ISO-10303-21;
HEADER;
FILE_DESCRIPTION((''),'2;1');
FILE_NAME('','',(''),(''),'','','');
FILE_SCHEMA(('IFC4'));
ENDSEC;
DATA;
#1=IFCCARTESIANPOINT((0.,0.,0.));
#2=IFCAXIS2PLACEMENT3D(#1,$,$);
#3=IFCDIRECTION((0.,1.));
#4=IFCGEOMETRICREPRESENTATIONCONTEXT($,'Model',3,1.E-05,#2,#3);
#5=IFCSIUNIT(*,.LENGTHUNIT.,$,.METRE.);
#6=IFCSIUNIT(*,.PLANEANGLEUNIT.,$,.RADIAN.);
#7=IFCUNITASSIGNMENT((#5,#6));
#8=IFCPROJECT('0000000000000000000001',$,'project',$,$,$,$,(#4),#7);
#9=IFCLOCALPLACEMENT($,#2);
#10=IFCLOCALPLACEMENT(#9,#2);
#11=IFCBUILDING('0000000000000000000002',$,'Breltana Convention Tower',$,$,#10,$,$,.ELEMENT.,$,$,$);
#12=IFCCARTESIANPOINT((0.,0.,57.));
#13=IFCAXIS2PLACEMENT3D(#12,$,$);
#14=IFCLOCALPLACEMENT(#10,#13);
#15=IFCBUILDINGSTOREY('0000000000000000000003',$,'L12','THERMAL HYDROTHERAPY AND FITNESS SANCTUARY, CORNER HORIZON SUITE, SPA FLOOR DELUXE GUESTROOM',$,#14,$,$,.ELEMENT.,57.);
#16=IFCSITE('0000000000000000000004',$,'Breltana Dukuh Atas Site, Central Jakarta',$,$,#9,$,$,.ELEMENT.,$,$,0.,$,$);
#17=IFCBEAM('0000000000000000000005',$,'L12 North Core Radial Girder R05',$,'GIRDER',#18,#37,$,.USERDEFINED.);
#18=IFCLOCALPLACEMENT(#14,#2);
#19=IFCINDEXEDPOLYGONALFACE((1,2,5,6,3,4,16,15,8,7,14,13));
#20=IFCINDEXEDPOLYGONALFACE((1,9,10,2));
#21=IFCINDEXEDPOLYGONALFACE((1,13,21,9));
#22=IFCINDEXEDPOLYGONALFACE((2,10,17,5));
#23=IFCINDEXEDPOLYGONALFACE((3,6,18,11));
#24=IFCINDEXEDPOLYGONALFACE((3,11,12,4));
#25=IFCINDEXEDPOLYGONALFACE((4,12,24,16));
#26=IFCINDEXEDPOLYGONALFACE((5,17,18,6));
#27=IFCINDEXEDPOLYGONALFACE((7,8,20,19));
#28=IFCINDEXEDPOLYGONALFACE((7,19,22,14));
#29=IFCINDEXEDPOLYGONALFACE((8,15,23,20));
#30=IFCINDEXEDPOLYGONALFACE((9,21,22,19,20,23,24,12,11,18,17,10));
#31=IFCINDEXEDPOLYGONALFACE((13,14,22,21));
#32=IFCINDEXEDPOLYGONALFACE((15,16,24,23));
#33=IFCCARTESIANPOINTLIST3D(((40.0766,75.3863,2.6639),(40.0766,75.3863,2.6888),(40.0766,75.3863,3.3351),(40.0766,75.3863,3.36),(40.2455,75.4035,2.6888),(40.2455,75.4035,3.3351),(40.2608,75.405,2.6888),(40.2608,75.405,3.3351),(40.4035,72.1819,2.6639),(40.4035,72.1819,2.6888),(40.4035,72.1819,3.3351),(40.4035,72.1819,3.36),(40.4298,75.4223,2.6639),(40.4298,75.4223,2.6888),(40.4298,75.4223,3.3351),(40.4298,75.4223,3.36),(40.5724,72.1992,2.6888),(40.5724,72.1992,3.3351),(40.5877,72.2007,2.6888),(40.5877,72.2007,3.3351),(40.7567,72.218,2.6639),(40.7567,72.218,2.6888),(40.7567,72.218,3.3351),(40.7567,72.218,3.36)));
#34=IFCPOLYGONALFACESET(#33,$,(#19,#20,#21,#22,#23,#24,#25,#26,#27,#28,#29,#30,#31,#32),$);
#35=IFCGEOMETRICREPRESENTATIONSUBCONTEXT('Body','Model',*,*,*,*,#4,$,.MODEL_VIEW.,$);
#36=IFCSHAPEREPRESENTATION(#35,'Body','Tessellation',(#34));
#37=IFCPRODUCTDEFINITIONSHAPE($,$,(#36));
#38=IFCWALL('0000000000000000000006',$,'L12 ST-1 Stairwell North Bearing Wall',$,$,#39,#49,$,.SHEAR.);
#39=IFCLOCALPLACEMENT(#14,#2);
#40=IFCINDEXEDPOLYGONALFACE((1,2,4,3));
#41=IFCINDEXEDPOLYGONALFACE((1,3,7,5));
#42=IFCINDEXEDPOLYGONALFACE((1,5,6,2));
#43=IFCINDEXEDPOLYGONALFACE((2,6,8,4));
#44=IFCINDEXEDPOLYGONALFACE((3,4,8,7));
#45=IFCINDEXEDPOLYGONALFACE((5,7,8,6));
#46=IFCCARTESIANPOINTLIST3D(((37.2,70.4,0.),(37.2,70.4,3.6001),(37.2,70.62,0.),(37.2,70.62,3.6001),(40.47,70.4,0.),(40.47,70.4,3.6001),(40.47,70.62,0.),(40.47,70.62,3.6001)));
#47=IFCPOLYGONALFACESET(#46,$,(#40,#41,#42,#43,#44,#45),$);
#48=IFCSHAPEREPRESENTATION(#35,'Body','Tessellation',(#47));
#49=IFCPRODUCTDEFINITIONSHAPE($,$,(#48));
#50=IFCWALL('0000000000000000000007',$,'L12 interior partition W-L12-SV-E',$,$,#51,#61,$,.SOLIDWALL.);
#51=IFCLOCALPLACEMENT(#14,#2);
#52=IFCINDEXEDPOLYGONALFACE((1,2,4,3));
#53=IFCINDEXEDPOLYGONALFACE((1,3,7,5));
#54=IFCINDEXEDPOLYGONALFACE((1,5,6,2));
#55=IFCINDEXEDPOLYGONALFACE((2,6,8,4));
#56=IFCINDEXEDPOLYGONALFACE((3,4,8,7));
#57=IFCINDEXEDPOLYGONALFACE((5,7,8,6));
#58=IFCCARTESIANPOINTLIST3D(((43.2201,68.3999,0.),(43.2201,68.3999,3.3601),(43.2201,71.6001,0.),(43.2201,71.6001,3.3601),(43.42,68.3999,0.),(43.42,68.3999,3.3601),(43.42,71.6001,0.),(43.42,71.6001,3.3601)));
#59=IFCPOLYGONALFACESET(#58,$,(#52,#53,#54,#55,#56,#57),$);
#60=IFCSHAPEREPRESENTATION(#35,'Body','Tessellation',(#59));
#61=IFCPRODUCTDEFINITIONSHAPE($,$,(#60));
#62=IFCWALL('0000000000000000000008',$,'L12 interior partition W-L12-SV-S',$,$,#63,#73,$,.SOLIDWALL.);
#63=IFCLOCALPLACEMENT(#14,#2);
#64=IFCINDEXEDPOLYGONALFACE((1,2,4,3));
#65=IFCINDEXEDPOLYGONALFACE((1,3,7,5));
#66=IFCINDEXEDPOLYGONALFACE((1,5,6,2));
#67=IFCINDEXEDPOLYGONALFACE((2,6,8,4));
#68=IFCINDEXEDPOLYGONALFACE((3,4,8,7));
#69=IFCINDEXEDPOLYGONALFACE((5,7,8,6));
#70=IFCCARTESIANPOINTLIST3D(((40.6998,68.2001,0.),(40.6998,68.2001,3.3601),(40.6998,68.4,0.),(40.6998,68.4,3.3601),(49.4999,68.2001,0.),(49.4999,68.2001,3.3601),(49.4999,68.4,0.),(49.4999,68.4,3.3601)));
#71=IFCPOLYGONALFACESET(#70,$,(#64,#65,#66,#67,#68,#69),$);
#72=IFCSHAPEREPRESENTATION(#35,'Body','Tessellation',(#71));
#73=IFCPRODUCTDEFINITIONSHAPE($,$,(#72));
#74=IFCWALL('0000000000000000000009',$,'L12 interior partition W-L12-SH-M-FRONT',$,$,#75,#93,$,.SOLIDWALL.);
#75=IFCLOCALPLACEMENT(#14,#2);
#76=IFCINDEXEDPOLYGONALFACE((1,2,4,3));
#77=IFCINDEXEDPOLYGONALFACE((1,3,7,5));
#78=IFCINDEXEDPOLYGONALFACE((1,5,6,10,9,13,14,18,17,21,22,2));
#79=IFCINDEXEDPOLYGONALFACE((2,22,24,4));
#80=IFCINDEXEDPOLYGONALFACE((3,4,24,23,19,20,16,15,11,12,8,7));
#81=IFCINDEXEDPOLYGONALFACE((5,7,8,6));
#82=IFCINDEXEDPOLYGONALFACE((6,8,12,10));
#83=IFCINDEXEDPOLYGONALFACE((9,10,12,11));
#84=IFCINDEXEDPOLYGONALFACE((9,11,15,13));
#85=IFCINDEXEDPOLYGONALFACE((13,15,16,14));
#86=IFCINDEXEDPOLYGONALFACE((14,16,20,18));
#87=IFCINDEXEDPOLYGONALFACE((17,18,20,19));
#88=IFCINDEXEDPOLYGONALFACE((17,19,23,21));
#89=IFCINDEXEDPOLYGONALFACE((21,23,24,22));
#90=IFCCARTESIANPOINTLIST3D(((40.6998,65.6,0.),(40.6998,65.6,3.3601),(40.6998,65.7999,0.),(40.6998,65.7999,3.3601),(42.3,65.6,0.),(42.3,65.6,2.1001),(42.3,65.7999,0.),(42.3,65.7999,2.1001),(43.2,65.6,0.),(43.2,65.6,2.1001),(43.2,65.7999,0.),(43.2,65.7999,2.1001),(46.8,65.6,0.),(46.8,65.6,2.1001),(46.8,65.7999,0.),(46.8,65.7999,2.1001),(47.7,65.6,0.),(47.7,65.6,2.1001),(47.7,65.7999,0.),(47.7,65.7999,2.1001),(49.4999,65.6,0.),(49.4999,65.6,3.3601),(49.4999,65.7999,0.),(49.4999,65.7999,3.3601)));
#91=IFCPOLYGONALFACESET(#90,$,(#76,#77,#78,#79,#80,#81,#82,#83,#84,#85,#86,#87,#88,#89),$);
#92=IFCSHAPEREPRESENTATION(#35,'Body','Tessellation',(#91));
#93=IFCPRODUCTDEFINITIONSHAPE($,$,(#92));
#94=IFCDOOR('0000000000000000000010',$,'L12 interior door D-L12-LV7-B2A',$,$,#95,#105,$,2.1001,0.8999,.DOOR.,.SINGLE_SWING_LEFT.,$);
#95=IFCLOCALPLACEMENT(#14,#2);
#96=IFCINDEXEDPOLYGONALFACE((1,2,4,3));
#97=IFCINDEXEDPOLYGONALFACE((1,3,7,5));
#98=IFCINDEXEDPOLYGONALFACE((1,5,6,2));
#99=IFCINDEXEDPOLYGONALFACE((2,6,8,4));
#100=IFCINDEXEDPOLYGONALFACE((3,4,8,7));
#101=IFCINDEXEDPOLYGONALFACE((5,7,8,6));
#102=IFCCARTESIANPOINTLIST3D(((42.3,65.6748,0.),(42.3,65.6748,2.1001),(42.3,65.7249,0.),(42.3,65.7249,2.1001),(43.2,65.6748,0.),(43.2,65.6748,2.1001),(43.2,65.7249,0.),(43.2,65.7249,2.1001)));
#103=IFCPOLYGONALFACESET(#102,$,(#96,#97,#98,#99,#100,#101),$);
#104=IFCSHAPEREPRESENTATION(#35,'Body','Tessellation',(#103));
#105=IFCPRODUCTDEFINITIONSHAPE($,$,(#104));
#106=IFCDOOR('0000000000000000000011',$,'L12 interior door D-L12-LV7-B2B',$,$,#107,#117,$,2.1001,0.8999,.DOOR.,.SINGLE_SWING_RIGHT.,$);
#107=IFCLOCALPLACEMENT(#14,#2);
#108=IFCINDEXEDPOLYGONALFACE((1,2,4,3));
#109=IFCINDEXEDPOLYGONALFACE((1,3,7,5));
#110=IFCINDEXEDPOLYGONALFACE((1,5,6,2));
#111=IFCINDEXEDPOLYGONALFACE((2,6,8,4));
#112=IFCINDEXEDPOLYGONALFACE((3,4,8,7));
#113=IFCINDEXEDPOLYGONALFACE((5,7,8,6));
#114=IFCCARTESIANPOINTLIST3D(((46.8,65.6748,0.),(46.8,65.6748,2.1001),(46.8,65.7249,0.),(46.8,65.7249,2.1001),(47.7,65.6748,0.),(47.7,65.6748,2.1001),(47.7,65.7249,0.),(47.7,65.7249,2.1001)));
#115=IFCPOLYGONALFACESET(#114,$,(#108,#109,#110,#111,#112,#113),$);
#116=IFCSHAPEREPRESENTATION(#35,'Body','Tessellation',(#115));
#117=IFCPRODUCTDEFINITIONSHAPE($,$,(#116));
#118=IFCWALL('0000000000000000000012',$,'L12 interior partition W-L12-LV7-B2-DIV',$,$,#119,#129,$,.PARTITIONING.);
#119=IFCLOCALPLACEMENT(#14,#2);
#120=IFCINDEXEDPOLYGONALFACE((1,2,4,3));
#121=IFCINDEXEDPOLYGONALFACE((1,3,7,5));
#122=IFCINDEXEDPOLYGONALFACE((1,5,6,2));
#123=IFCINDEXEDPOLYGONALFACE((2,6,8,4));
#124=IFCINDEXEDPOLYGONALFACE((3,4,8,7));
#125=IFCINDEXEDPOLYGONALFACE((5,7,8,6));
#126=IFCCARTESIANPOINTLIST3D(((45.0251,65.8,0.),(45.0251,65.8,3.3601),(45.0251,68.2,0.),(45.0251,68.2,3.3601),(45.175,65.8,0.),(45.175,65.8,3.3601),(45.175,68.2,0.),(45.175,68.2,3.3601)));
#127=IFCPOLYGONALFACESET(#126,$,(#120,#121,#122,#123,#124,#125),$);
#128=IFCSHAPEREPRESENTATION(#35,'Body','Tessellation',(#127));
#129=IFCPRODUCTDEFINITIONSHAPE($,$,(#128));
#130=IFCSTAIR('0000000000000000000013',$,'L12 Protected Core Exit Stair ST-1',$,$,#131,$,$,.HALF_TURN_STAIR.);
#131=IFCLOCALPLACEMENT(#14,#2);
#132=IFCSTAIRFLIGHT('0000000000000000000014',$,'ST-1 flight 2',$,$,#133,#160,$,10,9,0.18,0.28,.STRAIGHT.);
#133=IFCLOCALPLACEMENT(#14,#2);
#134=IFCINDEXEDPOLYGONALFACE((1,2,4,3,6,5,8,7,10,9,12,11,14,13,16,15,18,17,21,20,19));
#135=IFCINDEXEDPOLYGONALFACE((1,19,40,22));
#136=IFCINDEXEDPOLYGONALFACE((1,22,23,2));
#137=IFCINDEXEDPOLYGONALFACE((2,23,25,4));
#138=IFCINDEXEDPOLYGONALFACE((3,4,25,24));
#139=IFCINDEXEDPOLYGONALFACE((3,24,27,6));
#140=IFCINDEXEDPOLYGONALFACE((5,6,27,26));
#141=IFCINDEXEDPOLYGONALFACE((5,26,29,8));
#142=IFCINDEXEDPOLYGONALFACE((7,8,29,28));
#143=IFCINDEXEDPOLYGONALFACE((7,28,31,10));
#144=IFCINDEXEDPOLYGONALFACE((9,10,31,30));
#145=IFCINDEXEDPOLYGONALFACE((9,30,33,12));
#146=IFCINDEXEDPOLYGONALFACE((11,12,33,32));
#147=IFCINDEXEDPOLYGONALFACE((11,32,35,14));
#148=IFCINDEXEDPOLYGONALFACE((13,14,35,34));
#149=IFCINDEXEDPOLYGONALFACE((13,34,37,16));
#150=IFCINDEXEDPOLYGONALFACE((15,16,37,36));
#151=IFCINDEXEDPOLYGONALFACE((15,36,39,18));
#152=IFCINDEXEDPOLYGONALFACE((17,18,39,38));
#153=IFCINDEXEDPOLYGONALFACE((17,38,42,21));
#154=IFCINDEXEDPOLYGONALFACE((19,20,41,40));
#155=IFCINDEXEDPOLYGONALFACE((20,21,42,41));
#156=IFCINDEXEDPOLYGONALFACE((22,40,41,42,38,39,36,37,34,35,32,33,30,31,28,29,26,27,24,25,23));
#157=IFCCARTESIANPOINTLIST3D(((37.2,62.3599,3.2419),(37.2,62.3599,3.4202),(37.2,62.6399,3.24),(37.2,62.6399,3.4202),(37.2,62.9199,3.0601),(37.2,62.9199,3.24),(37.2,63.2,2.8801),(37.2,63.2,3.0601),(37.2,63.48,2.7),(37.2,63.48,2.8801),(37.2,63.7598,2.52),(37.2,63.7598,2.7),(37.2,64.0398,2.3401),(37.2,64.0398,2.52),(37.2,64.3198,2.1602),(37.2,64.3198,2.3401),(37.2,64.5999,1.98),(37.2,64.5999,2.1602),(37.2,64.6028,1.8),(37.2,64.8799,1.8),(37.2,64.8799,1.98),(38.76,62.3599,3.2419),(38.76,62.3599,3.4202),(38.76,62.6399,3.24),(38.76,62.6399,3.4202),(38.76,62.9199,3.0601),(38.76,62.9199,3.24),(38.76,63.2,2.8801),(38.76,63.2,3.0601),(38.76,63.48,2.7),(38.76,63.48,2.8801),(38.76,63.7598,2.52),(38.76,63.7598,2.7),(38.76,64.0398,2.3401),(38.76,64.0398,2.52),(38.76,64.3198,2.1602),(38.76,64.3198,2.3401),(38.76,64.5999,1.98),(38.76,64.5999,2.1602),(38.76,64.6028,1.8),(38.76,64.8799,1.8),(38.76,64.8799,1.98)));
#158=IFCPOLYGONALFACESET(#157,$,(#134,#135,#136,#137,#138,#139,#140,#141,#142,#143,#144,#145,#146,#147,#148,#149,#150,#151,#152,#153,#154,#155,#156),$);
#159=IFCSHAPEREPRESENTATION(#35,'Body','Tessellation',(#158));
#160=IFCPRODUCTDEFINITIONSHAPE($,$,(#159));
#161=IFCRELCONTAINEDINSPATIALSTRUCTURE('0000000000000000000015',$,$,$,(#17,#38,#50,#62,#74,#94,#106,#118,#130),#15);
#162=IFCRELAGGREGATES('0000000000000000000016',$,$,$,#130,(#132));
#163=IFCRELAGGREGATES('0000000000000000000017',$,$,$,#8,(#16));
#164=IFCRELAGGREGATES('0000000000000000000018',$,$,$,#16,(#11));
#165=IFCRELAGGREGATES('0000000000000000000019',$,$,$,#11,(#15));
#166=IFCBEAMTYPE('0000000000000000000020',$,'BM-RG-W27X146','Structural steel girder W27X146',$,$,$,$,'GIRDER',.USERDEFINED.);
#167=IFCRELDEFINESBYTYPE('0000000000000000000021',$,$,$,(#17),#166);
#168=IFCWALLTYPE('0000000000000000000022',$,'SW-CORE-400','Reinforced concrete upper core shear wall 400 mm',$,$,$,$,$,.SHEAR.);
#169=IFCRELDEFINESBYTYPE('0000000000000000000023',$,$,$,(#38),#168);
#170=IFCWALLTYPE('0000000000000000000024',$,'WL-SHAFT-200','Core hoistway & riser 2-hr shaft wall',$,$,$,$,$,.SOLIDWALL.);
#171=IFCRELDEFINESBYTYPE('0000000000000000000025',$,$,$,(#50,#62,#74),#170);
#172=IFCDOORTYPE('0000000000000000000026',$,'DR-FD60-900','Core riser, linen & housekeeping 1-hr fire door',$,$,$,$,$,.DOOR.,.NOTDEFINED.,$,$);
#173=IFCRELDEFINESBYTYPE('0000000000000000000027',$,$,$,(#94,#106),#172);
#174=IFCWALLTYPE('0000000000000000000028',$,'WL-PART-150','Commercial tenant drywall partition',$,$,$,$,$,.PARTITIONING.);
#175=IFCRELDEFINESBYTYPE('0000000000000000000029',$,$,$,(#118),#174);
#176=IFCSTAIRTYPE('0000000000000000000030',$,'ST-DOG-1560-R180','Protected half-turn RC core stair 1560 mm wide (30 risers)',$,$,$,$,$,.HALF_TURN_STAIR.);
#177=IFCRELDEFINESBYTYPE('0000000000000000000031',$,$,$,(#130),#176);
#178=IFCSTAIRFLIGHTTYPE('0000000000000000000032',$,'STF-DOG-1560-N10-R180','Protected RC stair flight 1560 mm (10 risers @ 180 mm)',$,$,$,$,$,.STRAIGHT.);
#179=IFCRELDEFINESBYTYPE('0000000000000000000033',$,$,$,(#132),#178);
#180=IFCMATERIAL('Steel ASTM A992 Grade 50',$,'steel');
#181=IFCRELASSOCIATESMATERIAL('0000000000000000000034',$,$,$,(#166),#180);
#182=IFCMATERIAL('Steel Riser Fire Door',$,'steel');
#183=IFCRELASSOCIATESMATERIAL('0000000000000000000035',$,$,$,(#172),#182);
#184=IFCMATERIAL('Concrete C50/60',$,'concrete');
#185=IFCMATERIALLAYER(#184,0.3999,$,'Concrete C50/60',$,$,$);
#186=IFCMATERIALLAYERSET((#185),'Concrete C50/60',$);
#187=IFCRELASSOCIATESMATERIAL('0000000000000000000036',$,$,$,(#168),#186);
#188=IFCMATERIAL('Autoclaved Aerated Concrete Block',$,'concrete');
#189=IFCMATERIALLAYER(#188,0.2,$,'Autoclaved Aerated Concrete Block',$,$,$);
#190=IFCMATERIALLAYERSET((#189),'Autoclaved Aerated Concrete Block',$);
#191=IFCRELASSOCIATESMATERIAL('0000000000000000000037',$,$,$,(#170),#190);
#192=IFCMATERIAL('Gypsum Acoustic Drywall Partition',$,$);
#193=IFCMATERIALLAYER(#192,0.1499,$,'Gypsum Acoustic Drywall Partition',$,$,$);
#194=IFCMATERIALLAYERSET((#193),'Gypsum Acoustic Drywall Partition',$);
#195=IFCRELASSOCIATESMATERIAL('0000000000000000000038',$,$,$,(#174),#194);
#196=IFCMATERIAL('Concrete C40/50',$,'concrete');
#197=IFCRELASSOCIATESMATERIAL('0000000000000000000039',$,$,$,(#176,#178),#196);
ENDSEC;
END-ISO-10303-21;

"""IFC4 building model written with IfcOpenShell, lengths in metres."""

from ifc_helpers import new_model, si_unit, direction, frame, frame_2d, origin, origin_2d, place, context, subcontext, project, spatial, polyline, rectangle, i_section, outline, extrude, source, transform, mapped, material, layer, layer_set, material_profile, profile_set, type_object, type_shapes, element, fill, aggregate, save


model = new_model("IFC4")

# Units and contexts
model_context = context("Model", 3, precision=1e-05, world=origin(), true_north=direction((0.0, 1.0)))
body_context = subcontext(model_context, "Body", "Model", "MODEL_VIEW")
ifc_project = project(units=[si_unit("LENGTHUNIT", "METRE"), si_unit("PLANEANGLEUNIT", "RADIAN")], contexts=[model_context])

# Site, building, storey
site_placement = place(None, origin())
site = spatial("IfcSite", under=ifc_project, at=site_placement, Name="Breltana Dukuh Atas Site, Central Jakarta", CompositionType="ELEMENT", RefElevation=0.0)
building_placement = place(site_placement, origin())
building = spatial("IfcBuilding", under=site, at=building_placement, Name="Breltana Convention Tower", CompositionType="ELEMENT")
storey_placement = place(building_placement, frame((0.0, 0.0, 57.0)))
storey = spatial("IfcBuildingStorey", under=building, at=storey_placement, Name="L12", Description="THERMAL HYDROTHERAPY AND FITNESS SANCTUARY, CORNER HORIZON SUITE, SPA FLOOR DELUXE GUESTROOM", CompositionType="ELEMENT", Elevation=57.0)

# Beam
ifc_material_1 = material(Name="Steel ASTM A992 Grade 50", Category="steel")
ifc_material_profile = material_profile(ifc_material_1, i_section(OverallWidth=0.355, OverallDepth=0.696, WebThickness=0.0154, FlangeThickness=0.0249, at=origin_2d()), Name="W27X146")
ifc_profile_set = profile_set([ifc_material_profile], Name="Steel ASTM A992 Grade 50")
beam_type = type_object("IfcBeamType", Name="BM-RG-W27X146", Description="Structural steel girder W27X146", ElementType="GIRDER", PredefinedType="USERDEFINED", material=ifc_profile_set)
shared_shape_1 = source(origin(), body_context, "Body", "SweptSolid", [
    extrude(i_section(OverallWidth=0.355, OverallDepth=0.696, WebThickness=0.0154, FlangeThickness=0.0249, at=origin_2d()), origin(), (0.0, 0.0, 1.0), 3.2209),
])
beam_placement = place(storey_placement, frame((40.5801, 72.2, 3.012), z_axis=(-0.101492, 0.994836, 0.0), x_axis=(-0.994836, -0.101492, 0.0)))
element("IfcBeam", 1, at=beam_placement, inside=storey, type_object=beam_type, Name="L12 North Core Radial Girder R05", ObjectType="GIRDER", PredefinedType="USERDEFINED", context=body_context, shape_type="MappedRepresentation", body=[
    mapped(shared_shape_1, transform((0.0, 0.0, 0.0), scale=1.0)),
])

# Shared definitions
ifc_material_2 = material(Name="Steel Riser Fire Door", Category="steel")
door_type_1 = type_object("IfcDoorType", Name="DR-FD60-900", Description="Core riser, linen & housekeeping 1-hr fire door", OperationType="NOTDEFINED", PredefinedType="DOOR", material=ifc_material_2)
shared_shape_2 = source(origin(), body_context, "Body", "SweptSolid", [
    extrude(rectangle(XDim=0.8999, YDim=2.1001, at=frame_2d((0.45, 1.05))), frame((0.0, 0.0249, 0.0), z_axis=(0.0, -1.0, 0.0), x_axis=(1.0, 0.0, 0.0)), (0.0, 0.0, 1.0), 0.05),
])
type_shapes(door_type_1, [shared_shape_2])

# Walls
ifc_material_3 = material(Name="Concrete C50/60", Category="concrete")
ifc_layer_1 = layer(ifc_material_3, 0.3999, Name="Concrete C50/60")
ifc_layer_set_1 = layer_set([ifc_layer_1], Name="Concrete C50/60")
wall_type_1 = type_object("IfcWallType", Name="SW-CORE-400", Description="Reinforced concrete upper core shear wall 400 mm", PredefinedType="SHEAR", material=ifc_layer_set_1)
shared_shape_3 = source(origin(), body_context, "Body", "SweptSolid", [
    extrude(rectangle(XDim=3.27, YDim=0.22, at=frame_2d((1.635, 0.0))), origin(), (0.0, 0.0, 1.0), 3.6001),
])
wall_1_placement = place(storey_placement, frame((37.2, 70.51, 0.0), z_axis=(0.0, 0.0, 1.0), x_axis=(1.0, 0.0, 0.0)))
element("IfcWall", 2, at=wall_1_placement, inside=storey, type_object=wall_type_1, Name="L12 ST-1 Stairwell North Bearing Wall", PredefinedType="SHEAR", context=body_context, shape_type="MappedRepresentation", body=[
    mapped(shared_shape_3, transform((0.0, 0.0, 0.0), scale=1.0)),
])
ifc_material_4 = material(Name="Autoclaved Aerated Concrete Block", Category="concrete")
ifc_layer_2 = layer(ifc_material_4, 0.2, Name="Autoclaved Aerated Concrete Block")
ifc_layer_set_2 = layer_set([ifc_layer_2], Name="Autoclaved Aerated Concrete Block")
wall_type_2 = type_object("IfcWallType", Name="WL-SHAFT-200", Description="Core hoistway & riser 2-hr shaft wall", PredefinedType="SOLIDWALL", material=ifc_layer_set_2)
shared_shape_4 = source(origin(), body_context, "Body", "SweptSolid", [
    extrude(rectangle(XDim=3.2002, YDim=0.2, at=frame_2d((1.6001, 0.0))), origin(), (0.0, 0.0, 1.0), 3.3601),
])
wall_2_placement = place(storey_placement, frame((43.3201, 68.3999, 0.0), z_axis=(0.0, 0.0, 1.0), x_axis=(0.0, 1.0, 0.0)))
element("IfcWall", 3, at=wall_2_placement, inside=storey, type_object=wall_type_2, Name="L12 interior partition W-L12-SV-E", PredefinedType="SOLIDWALL", context=body_context, shape_type="MappedRepresentation", body=[
    mapped(shared_shape_4, transform((0.0, 0.0, 0.0), scale=1.0)),
])
shared_shape_5 = source(origin(), body_context, "Body", "SweptSolid", [
    extrude(rectangle(XDim=8.8, YDim=0.2, at=frame_2d((4.3999, 0.0))), origin(), (0.0, 0.0, 1.0), 3.3601),
])
wall_3_placement = place(storey_placement, frame((40.7, 68.3, 0.0), z_axis=(0.0, 0.0, 1.0), x_axis=(1.0, 0.0, 0.0)))
element("IfcWall", 4, at=wall_3_placement, inside=storey, type_object=wall_type_2, Name="L12 interior partition W-L12-SV-S", PredefinedType="SOLIDWALL", context=body_context, shape_type="MappedRepresentation", body=[
    mapped(shared_shape_5, transform((0.0, 0.0, 0.0), scale=1.0)),
])

# Wall, openings, doors
wall_4_placement = place(storey_placement, frame((40.7, 65.7, 0.0), z_axis=(0.0, 0.0, 1.0), x_axis=(1.0, 0.0, 0.0)))
wall_4 = element("IfcWall", 5, at=wall_4_placement, inside=storey, type_object=wall_type_2, Name="L12 interior partition W-L12-SH-M-FRONT", PredefinedType="SOLIDWALL", context=body_context, shape_type="MappedRepresentation", body=[
    mapped(shared_shape_5, transform((0.0, 0.0, 0.0), scale=1.0)),
])
opening_1_placement = place(wall_4_placement, frame((1.6001, 0.0, 0.0)))
opening_1 = element("IfcOpeningElement", 6, at=opening_1_placement, cuts=wall_4, PredefinedType="OPENING", context=body_context, shape_type="SweptSolid", body=[
    extrude(rectangle(XDim=0.8999, YDim=2.1001, at=frame_2d((0.45, 1.05))), frame((0.0, 0.1099, 0.0), z_axis=(0.0, -1.0, 0.0), x_axis=(1.0, 0.0, 0.0)), (0.0, 0.0, 1.0), 0.22),
])
opening_2_placement = place(wall_4_placement, frame((6.1001, 0.0, 0.0)))
opening_2 = element("IfcOpeningElement", 7, at=opening_2_placement, cuts=wall_4, PredefinedType="OPENING", context=body_context, shape_type="SweptSolid", body=[
    extrude(rectangle(XDim=0.8999, YDim=2.1001, at=frame_2d((0.45, 1.05))), frame((0.0, 0.1099, 0.0), z_axis=(0.0, -1.0, 0.0), x_axis=(1.0, 0.0, 0.0)), (0.0, 0.0, 1.0), 0.22),
])
door_1_placement = place(opening_1_placement, origin())
door_1 = element("IfcDoor", 8, at=door_1_placement, inside=storey, type_object=door_type_1, Name="L12 interior door D-L12-LV7-B2A", OperationType="SINGLE_SWING_LEFT", OverallHeight=2.1001, OverallWidth=0.8999, PredefinedType="DOOR", context=body_context, shape_type="MappedRepresentation", body=[
    mapped(shared_shape_2, transform((0.0, 0.0, 0.0), scale=1.0)),
])
fill(opening_1, door_1)
door_2_placement = place(opening_2_placement, origin())
door_2 = element("IfcDoor", 9, at=door_2_placement, inside=storey, type_object=door_type_1, Name="L12 interior door D-L12-LV7-B2B", OperationType="SINGLE_SWING_RIGHT", OverallHeight=2.1001, OverallWidth=0.8999, PredefinedType="DOOR", context=body_context, shape_type="MappedRepresentation", body=[
    mapped(shared_shape_2, transform((0.0, 0.0, 0.0), scale=1.0)),
])
fill(opening_2, door_2)

# Wall
ifc_material_5 = material(Name="Gypsum Acoustic Drywall Partition")
ifc_layer_3 = layer(ifc_material_5, 0.1499, Name="Gypsum Acoustic Drywall Partition")
ifc_layer_set_3 = layer_set([ifc_layer_3], Name="Gypsum Acoustic Drywall Partition")
wall_type_3 = type_object("IfcWallType", Name="WL-PART-150", Description="Commercial tenant drywall partition", PredefinedType="PARTITIONING", material=ifc_layer_set_3)
shared_shape_6 = source(origin(), body_context, "Body", "SweptSolid", [
    extrude(rectangle(XDim=2.3999, YDim=0.1499, at=frame_2d((1.2, 0.0))), origin(), (0.0, 0.0, 1.0), 3.3601),
])
wall_5_placement = place(storey_placement, frame((45.1001, 65.8, 0.0), z_axis=(0.0, 0.0, 1.0), x_axis=(0.0, 1.0, 0.0)))
element("IfcWall", 10, at=wall_5_placement, inside=storey, type_object=wall_type_3, Name="L12 interior partition W-L12-LV7-B2-DIV", PredefinedType="PARTITIONING", context=body_context, shape_type="MappedRepresentation", body=[
    mapped(shared_shape_6, transform((0.0, 0.0, 0.0), scale=1.0)),
])

# Stair, stair flight
ifc_material_6 = material(Name="Concrete C40/50", Category="concrete")
stair_type = type_object("IfcStairType", Name="ST-DOG-1560-R180", Description="Protected half-turn RC core stair 1560 mm wide (30 risers)", PredefinedType="HALF_TURN_STAIR", material=ifc_material_6)
stair_placement = place(storey_placement, origin())
stair = element("IfcStair", 11, at=stair_placement, inside=storey, type_object=stair_type, Name="L12 Protected Core Exit Stair ST-1", PredefinedType="HALF_TURN_STAIR")
stair_flight_type = type_object("IfcStairFlightType", Name="STF-DOG-1560-N10-R180", Description="Protected RC stair flight 1560 mm (10 risers @ 180 mm)", PredefinedType="STRAIGHT", material=ifc_material_6)
stair_flight_placement = place(storey_placement, frame((37.98, 64.8799, 1.8), z_axis=(0.0, 0.0, 1.0), x_axis=(0.0, -1.0, 0.0)))
stair_flight = element("IfcStairFlight", 12, at=stair_flight_placement, type_object=stair_flight_type, Name="ST-1 flight 2", NumberOfRisers=10, NumberOfTreads=9, PredefinedType="STRAIGHT", RiserHeight=0.18, TreadLength=0.28, context=body_context, shape_type="SweptSolid", body=[
    extrude(outline(polyline([(0.0, 0.0), (0.0, 0.1799), (0.28, 0.1799), (0.28, 0.3601), (0.5601, 0.3601), (0.5601, 0.54), (0.8401, 0.54), (0.8401, 0.72), (1.1201, 0.72), (1.1201, 0.8999), (1.3999, 0.8999), (1.3999, 1.0801), (1.6799, 1.0801), (1.6799, 1.26), (1.96, 1.26), (1.96, 1.4399), (2.24, 1.4399), (2.24, 1.6201), (2.52, 1.6201), (2.52, 1.8), (2.52, 1.4419), (0.2771, 0.0), (0.0, 0.0)])), frame((0.0, 0.78, 0.0), z_axis=(0.0, -1.0, 0.0), x_axis=(1.0, 0.0, 0.0)), (0.0, 0.0, 1.0), 1.5601),
])
aggregate(stair, [stair_flight])

save(model, "model.ifc")
